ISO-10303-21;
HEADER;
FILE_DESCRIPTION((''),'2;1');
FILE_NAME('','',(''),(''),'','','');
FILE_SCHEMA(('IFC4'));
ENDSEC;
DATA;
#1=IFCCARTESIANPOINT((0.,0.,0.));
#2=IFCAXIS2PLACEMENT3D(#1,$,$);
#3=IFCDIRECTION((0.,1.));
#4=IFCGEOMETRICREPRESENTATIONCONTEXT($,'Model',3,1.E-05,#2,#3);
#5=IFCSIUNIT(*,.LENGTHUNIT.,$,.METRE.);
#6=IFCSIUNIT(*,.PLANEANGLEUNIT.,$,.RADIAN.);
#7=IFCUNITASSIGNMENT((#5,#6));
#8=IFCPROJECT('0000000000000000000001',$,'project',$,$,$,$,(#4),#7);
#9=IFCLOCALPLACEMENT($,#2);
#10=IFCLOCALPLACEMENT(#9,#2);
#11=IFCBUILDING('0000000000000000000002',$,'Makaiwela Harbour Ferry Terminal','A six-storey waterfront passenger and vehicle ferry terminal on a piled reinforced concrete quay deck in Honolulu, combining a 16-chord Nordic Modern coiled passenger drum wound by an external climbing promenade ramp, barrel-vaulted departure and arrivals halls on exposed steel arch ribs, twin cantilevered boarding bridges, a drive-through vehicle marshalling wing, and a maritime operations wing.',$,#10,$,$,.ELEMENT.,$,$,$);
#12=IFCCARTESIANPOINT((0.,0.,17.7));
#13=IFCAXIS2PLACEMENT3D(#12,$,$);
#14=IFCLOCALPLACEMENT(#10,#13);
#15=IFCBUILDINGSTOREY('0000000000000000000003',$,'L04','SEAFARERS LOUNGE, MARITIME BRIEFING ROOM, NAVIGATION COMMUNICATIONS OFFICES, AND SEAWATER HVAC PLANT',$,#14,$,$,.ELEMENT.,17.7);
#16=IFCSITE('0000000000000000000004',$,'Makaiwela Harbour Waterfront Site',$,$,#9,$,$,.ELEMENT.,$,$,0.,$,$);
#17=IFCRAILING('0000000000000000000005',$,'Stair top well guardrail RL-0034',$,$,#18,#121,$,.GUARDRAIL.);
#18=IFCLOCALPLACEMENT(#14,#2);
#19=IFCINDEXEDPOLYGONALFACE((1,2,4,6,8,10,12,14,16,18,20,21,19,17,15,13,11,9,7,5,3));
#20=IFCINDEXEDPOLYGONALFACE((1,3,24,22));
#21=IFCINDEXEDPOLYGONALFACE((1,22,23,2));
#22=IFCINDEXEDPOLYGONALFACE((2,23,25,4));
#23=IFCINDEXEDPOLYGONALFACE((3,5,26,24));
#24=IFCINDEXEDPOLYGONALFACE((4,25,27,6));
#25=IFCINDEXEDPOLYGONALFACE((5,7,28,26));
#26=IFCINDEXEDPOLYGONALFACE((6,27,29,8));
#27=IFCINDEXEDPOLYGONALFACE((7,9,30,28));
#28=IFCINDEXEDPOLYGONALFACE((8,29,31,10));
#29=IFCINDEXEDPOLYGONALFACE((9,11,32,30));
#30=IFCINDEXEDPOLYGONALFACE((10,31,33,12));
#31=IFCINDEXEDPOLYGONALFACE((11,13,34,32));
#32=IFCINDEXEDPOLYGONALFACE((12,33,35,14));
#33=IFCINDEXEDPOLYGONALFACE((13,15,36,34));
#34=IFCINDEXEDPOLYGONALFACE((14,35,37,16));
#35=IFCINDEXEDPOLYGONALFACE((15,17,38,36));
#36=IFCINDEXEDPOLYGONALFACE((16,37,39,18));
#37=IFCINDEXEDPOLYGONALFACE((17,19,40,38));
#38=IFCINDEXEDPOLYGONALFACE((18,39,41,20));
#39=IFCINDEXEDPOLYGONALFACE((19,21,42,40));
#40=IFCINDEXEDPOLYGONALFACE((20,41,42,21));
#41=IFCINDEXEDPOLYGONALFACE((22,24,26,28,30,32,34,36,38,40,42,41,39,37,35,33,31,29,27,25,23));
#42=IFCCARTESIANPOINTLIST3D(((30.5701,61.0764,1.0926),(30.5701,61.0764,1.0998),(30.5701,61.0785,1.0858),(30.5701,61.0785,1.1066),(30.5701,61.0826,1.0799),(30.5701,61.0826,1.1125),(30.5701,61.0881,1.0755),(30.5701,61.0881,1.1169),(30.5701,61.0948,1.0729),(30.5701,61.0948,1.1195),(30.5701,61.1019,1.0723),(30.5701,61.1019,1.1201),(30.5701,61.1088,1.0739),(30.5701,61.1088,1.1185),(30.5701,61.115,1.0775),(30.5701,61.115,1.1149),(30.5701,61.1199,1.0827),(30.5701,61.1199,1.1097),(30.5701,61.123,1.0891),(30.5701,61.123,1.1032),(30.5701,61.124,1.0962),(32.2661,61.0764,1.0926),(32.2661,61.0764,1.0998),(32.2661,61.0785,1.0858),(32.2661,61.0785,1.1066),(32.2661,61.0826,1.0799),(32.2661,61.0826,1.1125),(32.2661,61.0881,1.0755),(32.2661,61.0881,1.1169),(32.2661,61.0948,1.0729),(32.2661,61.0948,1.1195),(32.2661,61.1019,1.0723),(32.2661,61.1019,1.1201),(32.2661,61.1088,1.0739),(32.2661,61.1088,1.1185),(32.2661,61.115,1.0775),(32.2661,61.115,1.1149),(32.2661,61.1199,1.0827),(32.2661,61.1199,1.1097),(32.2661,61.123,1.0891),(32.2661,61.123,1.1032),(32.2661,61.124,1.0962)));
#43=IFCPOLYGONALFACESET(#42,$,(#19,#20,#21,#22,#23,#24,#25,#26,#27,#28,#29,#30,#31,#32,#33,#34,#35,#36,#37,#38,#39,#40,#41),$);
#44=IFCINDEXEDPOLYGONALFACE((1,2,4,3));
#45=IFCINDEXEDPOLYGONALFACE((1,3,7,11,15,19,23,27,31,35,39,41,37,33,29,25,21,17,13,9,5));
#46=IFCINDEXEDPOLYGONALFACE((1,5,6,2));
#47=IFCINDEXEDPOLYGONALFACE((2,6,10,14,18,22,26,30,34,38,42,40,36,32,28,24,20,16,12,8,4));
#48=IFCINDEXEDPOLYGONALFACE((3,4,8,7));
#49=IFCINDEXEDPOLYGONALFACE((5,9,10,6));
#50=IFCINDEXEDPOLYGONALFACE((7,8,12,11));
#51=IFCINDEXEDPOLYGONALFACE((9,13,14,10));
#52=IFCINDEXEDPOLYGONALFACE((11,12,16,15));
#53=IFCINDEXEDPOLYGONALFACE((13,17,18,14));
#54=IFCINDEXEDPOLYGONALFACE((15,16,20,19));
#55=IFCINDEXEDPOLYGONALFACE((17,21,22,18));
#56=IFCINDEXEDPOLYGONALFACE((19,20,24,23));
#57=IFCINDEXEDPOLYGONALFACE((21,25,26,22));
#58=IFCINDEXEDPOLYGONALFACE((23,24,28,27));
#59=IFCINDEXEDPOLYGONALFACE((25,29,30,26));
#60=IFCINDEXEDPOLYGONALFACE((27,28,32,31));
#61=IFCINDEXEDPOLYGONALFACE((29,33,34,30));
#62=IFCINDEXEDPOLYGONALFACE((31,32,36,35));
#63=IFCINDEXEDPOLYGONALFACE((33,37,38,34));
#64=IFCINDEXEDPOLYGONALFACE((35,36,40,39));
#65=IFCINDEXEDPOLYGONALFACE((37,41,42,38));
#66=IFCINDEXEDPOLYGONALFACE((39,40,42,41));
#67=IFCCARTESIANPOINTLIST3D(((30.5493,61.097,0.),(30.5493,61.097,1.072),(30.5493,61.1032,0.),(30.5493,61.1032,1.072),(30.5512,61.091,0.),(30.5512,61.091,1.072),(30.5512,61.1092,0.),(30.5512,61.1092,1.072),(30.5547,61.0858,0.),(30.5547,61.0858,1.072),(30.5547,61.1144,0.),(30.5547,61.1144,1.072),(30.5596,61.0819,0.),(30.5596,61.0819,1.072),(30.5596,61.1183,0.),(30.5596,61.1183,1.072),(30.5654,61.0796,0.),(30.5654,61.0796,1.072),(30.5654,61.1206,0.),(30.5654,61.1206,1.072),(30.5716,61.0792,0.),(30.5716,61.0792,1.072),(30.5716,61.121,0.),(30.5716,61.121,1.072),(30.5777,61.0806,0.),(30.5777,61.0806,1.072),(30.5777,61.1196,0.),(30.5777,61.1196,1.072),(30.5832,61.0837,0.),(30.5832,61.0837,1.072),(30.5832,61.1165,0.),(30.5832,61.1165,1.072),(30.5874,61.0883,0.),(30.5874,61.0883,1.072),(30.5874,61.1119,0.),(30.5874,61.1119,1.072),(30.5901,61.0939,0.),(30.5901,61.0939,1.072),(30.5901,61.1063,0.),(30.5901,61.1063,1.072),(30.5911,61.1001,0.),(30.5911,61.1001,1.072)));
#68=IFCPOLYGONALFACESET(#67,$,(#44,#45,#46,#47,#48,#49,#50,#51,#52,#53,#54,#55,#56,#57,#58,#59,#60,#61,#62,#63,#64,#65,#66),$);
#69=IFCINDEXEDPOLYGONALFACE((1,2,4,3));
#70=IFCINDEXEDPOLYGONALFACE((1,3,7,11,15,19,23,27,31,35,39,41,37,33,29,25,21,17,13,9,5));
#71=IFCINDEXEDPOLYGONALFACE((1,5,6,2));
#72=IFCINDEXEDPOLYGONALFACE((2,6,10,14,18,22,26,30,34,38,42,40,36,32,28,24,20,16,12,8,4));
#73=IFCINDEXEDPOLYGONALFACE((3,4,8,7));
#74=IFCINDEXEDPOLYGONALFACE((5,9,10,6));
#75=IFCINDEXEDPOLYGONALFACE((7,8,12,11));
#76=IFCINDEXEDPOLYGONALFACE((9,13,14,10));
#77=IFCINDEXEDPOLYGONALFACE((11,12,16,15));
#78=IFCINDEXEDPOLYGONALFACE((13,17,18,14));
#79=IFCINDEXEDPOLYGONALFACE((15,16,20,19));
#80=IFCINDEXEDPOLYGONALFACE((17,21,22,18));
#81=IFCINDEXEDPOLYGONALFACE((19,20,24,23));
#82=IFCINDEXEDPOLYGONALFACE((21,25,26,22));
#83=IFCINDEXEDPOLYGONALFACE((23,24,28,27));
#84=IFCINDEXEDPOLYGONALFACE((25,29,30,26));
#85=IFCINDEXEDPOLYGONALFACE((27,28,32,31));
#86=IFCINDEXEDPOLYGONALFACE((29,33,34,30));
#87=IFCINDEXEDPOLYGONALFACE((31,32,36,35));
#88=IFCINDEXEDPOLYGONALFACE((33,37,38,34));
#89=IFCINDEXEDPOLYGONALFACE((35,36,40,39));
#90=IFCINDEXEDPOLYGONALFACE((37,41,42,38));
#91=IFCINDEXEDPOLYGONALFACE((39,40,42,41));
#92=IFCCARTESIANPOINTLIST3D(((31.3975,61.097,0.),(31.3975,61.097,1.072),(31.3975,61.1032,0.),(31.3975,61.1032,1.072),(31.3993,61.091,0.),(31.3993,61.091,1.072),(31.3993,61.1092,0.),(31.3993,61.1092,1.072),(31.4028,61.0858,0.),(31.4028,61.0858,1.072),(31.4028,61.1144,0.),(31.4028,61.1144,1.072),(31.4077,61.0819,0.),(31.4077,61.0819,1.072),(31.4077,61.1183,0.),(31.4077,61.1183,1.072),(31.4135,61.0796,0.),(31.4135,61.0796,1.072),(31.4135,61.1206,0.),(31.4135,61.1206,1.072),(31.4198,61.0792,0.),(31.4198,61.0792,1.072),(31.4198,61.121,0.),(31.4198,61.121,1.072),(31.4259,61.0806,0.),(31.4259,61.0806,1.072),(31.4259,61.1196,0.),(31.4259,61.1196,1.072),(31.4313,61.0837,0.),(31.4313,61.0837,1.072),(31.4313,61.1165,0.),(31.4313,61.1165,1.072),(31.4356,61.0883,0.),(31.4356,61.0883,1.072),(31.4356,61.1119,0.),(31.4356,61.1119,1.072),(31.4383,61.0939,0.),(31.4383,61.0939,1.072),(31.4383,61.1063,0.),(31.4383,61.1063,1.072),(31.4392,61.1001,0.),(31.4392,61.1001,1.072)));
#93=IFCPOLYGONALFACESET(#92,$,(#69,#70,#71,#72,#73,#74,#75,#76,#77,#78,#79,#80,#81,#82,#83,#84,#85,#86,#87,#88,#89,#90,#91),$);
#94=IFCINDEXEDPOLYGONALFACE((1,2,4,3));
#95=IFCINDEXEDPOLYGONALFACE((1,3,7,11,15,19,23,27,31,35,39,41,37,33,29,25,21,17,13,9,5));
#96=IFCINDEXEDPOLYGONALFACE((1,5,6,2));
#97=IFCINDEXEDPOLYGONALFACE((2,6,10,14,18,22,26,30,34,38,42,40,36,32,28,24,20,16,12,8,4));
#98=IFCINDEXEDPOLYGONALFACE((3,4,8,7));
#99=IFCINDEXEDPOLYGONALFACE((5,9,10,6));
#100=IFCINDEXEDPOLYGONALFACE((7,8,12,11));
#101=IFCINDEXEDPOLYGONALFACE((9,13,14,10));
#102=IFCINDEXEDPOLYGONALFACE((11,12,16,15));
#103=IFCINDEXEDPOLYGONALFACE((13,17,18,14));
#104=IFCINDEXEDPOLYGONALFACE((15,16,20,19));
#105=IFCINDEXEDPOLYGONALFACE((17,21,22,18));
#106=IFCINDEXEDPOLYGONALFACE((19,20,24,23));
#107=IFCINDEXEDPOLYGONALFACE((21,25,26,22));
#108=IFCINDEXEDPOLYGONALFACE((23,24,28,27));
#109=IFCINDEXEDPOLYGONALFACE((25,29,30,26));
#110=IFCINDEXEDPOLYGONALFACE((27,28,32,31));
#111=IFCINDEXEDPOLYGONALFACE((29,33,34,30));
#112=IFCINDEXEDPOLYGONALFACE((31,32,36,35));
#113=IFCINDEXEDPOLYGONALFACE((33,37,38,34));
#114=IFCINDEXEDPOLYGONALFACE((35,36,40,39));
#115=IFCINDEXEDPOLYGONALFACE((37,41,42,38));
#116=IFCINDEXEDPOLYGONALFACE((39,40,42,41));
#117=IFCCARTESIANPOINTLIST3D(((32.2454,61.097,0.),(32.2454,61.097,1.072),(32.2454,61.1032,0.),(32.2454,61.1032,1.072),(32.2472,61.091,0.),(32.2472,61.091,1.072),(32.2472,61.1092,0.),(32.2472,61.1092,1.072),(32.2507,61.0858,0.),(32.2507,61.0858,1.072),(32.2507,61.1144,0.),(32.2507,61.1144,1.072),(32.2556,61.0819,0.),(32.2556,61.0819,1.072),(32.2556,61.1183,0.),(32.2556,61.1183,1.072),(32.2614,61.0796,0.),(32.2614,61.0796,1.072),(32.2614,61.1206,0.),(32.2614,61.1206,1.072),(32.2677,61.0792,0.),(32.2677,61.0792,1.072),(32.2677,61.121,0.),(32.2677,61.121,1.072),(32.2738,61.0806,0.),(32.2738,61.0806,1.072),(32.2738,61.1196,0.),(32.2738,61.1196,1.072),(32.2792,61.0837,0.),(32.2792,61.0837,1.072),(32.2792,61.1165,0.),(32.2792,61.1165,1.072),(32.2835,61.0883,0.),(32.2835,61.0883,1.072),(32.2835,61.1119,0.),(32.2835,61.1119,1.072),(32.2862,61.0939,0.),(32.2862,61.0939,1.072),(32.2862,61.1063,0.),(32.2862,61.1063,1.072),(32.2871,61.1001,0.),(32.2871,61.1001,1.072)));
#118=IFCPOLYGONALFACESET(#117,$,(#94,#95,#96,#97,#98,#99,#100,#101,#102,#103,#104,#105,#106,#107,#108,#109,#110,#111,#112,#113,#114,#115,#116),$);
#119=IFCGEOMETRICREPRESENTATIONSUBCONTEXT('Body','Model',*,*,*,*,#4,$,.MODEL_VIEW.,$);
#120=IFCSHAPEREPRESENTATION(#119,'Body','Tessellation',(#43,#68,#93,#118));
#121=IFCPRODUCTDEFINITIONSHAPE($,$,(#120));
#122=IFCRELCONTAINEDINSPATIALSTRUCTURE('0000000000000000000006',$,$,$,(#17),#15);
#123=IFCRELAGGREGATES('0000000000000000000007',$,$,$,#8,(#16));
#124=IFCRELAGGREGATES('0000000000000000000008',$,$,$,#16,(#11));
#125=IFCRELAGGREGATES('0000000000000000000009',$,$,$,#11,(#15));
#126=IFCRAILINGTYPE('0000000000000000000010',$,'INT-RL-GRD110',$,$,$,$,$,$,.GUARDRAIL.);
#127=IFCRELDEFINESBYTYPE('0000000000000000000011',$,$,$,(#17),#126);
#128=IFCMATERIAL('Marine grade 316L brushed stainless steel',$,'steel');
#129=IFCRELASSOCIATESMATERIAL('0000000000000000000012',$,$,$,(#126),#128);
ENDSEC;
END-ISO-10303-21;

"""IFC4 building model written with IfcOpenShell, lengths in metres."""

from ifc_helpers import new_model, si_unit, direction, frame, origin, origin_2d, place, context, subcontext, project, spatial, circle, extrude, material, type_object, element, save


model = new_model("IFC4")

# Units and contexts
model_context = context("Model", 3, precision=1e-05, world=origin(), true_north=direction((0.0, 1.0)))
body_context = subcontext(model_context, "Body", "Model", "MODEL_VIEW")
ifc_project = project(units=[si_unit("LENGTHUNIT", "METRE"), si_unit("PLANEANGLEUNIT", "RADIAN")], contexts=[model_context])

# Site, building, storey
site_placement = place(None, origin())
site = spatial("IfcSite", under=ifc_project, at=site_placement, Name="Makaiwela Harbour Waterfront Site", CompositionType="ELEMENT", RefElevation=0.0)
building_placement = place(site_placement, origin())
building = spatial("IfcBuilding", under=site, at=building_placement, Name="Makaiwela Harbour Ferry Terminal", Description="A six-storey waterfront passenger and vehicle ferry terminal on a piled reinforced concrete quay deck in Honolulu, combining a 16-chord Nordic Modern coiled passenger drum wound by an external climbing promenade ramp, barrel-vaulted departure and arrivals halls on exposed steel arch ribs, twin cantilevered boarding bridges, a drive-through vehicle marshalling wing, and a maritime operations wing.", CompositionType="ELEMENT")
storey_placement = place(building_placement, frame((0.0, 0.0, 17.7)))
storey = spatial("IfcBuildingStorey", under=building, at=storey_placement, Name="L04", Description="SEAFARERS LOUNGE, MARITIME BRIEFING ROOM, NAVIGATION COMMUNICATIONS OFFICES, AND SEAWATER HVAC PLANT", CompositionType="ELEMENT", Elevation=17.7)

# Shared definitions
ifc_material_1 = material(Name="Marine grade 316L brushed stainless steel", Category="steel")

# Railing
railing_type_1 = type_object("IfcRailingType", Name="INT-RL-GRD110", PredefinedType="GUARDRAIL", material=ifc_material_1)
railing_1_placement = place(storey_placement, frame((30.5701, 61.1001, 0.0)))
element("IfcRailing", 1, at=railing_1_placement, inside=storey, type_object=railing_type_1, Name="Stair top well guardrail RL-0034", PredefinedType="GUARDRAIL", context=body_context, shape_type="SweptSolid", body=[
    extrude(circle(Radius=0.0239, at=origin_2d()), frame((0.0, 0.0, 1.0962), z_axis=(1.0, 0.0, 0.0), x_axis=(0.0, 1.0, 0.0)), (0.0, 0.0, 1.0), 1.696),
    extrude(circle(Radius=0.021, at=origin_2d()), origin(), (0.0, 0.0, 1.0), 1.072),
    extrude(circle(Radius=0.021, at=origin_2d()), frame((0.8481, 0.0, 0.0)), (0.0, 0.0, 1.0), 1.072),
    extrude(circle(Radius=0.021, at=origin_2d()), frame((1.696, 0.0, 0.0)), (0.0, 0.0, 1.0), 1.072),
])

save(model, "model.ifc")
